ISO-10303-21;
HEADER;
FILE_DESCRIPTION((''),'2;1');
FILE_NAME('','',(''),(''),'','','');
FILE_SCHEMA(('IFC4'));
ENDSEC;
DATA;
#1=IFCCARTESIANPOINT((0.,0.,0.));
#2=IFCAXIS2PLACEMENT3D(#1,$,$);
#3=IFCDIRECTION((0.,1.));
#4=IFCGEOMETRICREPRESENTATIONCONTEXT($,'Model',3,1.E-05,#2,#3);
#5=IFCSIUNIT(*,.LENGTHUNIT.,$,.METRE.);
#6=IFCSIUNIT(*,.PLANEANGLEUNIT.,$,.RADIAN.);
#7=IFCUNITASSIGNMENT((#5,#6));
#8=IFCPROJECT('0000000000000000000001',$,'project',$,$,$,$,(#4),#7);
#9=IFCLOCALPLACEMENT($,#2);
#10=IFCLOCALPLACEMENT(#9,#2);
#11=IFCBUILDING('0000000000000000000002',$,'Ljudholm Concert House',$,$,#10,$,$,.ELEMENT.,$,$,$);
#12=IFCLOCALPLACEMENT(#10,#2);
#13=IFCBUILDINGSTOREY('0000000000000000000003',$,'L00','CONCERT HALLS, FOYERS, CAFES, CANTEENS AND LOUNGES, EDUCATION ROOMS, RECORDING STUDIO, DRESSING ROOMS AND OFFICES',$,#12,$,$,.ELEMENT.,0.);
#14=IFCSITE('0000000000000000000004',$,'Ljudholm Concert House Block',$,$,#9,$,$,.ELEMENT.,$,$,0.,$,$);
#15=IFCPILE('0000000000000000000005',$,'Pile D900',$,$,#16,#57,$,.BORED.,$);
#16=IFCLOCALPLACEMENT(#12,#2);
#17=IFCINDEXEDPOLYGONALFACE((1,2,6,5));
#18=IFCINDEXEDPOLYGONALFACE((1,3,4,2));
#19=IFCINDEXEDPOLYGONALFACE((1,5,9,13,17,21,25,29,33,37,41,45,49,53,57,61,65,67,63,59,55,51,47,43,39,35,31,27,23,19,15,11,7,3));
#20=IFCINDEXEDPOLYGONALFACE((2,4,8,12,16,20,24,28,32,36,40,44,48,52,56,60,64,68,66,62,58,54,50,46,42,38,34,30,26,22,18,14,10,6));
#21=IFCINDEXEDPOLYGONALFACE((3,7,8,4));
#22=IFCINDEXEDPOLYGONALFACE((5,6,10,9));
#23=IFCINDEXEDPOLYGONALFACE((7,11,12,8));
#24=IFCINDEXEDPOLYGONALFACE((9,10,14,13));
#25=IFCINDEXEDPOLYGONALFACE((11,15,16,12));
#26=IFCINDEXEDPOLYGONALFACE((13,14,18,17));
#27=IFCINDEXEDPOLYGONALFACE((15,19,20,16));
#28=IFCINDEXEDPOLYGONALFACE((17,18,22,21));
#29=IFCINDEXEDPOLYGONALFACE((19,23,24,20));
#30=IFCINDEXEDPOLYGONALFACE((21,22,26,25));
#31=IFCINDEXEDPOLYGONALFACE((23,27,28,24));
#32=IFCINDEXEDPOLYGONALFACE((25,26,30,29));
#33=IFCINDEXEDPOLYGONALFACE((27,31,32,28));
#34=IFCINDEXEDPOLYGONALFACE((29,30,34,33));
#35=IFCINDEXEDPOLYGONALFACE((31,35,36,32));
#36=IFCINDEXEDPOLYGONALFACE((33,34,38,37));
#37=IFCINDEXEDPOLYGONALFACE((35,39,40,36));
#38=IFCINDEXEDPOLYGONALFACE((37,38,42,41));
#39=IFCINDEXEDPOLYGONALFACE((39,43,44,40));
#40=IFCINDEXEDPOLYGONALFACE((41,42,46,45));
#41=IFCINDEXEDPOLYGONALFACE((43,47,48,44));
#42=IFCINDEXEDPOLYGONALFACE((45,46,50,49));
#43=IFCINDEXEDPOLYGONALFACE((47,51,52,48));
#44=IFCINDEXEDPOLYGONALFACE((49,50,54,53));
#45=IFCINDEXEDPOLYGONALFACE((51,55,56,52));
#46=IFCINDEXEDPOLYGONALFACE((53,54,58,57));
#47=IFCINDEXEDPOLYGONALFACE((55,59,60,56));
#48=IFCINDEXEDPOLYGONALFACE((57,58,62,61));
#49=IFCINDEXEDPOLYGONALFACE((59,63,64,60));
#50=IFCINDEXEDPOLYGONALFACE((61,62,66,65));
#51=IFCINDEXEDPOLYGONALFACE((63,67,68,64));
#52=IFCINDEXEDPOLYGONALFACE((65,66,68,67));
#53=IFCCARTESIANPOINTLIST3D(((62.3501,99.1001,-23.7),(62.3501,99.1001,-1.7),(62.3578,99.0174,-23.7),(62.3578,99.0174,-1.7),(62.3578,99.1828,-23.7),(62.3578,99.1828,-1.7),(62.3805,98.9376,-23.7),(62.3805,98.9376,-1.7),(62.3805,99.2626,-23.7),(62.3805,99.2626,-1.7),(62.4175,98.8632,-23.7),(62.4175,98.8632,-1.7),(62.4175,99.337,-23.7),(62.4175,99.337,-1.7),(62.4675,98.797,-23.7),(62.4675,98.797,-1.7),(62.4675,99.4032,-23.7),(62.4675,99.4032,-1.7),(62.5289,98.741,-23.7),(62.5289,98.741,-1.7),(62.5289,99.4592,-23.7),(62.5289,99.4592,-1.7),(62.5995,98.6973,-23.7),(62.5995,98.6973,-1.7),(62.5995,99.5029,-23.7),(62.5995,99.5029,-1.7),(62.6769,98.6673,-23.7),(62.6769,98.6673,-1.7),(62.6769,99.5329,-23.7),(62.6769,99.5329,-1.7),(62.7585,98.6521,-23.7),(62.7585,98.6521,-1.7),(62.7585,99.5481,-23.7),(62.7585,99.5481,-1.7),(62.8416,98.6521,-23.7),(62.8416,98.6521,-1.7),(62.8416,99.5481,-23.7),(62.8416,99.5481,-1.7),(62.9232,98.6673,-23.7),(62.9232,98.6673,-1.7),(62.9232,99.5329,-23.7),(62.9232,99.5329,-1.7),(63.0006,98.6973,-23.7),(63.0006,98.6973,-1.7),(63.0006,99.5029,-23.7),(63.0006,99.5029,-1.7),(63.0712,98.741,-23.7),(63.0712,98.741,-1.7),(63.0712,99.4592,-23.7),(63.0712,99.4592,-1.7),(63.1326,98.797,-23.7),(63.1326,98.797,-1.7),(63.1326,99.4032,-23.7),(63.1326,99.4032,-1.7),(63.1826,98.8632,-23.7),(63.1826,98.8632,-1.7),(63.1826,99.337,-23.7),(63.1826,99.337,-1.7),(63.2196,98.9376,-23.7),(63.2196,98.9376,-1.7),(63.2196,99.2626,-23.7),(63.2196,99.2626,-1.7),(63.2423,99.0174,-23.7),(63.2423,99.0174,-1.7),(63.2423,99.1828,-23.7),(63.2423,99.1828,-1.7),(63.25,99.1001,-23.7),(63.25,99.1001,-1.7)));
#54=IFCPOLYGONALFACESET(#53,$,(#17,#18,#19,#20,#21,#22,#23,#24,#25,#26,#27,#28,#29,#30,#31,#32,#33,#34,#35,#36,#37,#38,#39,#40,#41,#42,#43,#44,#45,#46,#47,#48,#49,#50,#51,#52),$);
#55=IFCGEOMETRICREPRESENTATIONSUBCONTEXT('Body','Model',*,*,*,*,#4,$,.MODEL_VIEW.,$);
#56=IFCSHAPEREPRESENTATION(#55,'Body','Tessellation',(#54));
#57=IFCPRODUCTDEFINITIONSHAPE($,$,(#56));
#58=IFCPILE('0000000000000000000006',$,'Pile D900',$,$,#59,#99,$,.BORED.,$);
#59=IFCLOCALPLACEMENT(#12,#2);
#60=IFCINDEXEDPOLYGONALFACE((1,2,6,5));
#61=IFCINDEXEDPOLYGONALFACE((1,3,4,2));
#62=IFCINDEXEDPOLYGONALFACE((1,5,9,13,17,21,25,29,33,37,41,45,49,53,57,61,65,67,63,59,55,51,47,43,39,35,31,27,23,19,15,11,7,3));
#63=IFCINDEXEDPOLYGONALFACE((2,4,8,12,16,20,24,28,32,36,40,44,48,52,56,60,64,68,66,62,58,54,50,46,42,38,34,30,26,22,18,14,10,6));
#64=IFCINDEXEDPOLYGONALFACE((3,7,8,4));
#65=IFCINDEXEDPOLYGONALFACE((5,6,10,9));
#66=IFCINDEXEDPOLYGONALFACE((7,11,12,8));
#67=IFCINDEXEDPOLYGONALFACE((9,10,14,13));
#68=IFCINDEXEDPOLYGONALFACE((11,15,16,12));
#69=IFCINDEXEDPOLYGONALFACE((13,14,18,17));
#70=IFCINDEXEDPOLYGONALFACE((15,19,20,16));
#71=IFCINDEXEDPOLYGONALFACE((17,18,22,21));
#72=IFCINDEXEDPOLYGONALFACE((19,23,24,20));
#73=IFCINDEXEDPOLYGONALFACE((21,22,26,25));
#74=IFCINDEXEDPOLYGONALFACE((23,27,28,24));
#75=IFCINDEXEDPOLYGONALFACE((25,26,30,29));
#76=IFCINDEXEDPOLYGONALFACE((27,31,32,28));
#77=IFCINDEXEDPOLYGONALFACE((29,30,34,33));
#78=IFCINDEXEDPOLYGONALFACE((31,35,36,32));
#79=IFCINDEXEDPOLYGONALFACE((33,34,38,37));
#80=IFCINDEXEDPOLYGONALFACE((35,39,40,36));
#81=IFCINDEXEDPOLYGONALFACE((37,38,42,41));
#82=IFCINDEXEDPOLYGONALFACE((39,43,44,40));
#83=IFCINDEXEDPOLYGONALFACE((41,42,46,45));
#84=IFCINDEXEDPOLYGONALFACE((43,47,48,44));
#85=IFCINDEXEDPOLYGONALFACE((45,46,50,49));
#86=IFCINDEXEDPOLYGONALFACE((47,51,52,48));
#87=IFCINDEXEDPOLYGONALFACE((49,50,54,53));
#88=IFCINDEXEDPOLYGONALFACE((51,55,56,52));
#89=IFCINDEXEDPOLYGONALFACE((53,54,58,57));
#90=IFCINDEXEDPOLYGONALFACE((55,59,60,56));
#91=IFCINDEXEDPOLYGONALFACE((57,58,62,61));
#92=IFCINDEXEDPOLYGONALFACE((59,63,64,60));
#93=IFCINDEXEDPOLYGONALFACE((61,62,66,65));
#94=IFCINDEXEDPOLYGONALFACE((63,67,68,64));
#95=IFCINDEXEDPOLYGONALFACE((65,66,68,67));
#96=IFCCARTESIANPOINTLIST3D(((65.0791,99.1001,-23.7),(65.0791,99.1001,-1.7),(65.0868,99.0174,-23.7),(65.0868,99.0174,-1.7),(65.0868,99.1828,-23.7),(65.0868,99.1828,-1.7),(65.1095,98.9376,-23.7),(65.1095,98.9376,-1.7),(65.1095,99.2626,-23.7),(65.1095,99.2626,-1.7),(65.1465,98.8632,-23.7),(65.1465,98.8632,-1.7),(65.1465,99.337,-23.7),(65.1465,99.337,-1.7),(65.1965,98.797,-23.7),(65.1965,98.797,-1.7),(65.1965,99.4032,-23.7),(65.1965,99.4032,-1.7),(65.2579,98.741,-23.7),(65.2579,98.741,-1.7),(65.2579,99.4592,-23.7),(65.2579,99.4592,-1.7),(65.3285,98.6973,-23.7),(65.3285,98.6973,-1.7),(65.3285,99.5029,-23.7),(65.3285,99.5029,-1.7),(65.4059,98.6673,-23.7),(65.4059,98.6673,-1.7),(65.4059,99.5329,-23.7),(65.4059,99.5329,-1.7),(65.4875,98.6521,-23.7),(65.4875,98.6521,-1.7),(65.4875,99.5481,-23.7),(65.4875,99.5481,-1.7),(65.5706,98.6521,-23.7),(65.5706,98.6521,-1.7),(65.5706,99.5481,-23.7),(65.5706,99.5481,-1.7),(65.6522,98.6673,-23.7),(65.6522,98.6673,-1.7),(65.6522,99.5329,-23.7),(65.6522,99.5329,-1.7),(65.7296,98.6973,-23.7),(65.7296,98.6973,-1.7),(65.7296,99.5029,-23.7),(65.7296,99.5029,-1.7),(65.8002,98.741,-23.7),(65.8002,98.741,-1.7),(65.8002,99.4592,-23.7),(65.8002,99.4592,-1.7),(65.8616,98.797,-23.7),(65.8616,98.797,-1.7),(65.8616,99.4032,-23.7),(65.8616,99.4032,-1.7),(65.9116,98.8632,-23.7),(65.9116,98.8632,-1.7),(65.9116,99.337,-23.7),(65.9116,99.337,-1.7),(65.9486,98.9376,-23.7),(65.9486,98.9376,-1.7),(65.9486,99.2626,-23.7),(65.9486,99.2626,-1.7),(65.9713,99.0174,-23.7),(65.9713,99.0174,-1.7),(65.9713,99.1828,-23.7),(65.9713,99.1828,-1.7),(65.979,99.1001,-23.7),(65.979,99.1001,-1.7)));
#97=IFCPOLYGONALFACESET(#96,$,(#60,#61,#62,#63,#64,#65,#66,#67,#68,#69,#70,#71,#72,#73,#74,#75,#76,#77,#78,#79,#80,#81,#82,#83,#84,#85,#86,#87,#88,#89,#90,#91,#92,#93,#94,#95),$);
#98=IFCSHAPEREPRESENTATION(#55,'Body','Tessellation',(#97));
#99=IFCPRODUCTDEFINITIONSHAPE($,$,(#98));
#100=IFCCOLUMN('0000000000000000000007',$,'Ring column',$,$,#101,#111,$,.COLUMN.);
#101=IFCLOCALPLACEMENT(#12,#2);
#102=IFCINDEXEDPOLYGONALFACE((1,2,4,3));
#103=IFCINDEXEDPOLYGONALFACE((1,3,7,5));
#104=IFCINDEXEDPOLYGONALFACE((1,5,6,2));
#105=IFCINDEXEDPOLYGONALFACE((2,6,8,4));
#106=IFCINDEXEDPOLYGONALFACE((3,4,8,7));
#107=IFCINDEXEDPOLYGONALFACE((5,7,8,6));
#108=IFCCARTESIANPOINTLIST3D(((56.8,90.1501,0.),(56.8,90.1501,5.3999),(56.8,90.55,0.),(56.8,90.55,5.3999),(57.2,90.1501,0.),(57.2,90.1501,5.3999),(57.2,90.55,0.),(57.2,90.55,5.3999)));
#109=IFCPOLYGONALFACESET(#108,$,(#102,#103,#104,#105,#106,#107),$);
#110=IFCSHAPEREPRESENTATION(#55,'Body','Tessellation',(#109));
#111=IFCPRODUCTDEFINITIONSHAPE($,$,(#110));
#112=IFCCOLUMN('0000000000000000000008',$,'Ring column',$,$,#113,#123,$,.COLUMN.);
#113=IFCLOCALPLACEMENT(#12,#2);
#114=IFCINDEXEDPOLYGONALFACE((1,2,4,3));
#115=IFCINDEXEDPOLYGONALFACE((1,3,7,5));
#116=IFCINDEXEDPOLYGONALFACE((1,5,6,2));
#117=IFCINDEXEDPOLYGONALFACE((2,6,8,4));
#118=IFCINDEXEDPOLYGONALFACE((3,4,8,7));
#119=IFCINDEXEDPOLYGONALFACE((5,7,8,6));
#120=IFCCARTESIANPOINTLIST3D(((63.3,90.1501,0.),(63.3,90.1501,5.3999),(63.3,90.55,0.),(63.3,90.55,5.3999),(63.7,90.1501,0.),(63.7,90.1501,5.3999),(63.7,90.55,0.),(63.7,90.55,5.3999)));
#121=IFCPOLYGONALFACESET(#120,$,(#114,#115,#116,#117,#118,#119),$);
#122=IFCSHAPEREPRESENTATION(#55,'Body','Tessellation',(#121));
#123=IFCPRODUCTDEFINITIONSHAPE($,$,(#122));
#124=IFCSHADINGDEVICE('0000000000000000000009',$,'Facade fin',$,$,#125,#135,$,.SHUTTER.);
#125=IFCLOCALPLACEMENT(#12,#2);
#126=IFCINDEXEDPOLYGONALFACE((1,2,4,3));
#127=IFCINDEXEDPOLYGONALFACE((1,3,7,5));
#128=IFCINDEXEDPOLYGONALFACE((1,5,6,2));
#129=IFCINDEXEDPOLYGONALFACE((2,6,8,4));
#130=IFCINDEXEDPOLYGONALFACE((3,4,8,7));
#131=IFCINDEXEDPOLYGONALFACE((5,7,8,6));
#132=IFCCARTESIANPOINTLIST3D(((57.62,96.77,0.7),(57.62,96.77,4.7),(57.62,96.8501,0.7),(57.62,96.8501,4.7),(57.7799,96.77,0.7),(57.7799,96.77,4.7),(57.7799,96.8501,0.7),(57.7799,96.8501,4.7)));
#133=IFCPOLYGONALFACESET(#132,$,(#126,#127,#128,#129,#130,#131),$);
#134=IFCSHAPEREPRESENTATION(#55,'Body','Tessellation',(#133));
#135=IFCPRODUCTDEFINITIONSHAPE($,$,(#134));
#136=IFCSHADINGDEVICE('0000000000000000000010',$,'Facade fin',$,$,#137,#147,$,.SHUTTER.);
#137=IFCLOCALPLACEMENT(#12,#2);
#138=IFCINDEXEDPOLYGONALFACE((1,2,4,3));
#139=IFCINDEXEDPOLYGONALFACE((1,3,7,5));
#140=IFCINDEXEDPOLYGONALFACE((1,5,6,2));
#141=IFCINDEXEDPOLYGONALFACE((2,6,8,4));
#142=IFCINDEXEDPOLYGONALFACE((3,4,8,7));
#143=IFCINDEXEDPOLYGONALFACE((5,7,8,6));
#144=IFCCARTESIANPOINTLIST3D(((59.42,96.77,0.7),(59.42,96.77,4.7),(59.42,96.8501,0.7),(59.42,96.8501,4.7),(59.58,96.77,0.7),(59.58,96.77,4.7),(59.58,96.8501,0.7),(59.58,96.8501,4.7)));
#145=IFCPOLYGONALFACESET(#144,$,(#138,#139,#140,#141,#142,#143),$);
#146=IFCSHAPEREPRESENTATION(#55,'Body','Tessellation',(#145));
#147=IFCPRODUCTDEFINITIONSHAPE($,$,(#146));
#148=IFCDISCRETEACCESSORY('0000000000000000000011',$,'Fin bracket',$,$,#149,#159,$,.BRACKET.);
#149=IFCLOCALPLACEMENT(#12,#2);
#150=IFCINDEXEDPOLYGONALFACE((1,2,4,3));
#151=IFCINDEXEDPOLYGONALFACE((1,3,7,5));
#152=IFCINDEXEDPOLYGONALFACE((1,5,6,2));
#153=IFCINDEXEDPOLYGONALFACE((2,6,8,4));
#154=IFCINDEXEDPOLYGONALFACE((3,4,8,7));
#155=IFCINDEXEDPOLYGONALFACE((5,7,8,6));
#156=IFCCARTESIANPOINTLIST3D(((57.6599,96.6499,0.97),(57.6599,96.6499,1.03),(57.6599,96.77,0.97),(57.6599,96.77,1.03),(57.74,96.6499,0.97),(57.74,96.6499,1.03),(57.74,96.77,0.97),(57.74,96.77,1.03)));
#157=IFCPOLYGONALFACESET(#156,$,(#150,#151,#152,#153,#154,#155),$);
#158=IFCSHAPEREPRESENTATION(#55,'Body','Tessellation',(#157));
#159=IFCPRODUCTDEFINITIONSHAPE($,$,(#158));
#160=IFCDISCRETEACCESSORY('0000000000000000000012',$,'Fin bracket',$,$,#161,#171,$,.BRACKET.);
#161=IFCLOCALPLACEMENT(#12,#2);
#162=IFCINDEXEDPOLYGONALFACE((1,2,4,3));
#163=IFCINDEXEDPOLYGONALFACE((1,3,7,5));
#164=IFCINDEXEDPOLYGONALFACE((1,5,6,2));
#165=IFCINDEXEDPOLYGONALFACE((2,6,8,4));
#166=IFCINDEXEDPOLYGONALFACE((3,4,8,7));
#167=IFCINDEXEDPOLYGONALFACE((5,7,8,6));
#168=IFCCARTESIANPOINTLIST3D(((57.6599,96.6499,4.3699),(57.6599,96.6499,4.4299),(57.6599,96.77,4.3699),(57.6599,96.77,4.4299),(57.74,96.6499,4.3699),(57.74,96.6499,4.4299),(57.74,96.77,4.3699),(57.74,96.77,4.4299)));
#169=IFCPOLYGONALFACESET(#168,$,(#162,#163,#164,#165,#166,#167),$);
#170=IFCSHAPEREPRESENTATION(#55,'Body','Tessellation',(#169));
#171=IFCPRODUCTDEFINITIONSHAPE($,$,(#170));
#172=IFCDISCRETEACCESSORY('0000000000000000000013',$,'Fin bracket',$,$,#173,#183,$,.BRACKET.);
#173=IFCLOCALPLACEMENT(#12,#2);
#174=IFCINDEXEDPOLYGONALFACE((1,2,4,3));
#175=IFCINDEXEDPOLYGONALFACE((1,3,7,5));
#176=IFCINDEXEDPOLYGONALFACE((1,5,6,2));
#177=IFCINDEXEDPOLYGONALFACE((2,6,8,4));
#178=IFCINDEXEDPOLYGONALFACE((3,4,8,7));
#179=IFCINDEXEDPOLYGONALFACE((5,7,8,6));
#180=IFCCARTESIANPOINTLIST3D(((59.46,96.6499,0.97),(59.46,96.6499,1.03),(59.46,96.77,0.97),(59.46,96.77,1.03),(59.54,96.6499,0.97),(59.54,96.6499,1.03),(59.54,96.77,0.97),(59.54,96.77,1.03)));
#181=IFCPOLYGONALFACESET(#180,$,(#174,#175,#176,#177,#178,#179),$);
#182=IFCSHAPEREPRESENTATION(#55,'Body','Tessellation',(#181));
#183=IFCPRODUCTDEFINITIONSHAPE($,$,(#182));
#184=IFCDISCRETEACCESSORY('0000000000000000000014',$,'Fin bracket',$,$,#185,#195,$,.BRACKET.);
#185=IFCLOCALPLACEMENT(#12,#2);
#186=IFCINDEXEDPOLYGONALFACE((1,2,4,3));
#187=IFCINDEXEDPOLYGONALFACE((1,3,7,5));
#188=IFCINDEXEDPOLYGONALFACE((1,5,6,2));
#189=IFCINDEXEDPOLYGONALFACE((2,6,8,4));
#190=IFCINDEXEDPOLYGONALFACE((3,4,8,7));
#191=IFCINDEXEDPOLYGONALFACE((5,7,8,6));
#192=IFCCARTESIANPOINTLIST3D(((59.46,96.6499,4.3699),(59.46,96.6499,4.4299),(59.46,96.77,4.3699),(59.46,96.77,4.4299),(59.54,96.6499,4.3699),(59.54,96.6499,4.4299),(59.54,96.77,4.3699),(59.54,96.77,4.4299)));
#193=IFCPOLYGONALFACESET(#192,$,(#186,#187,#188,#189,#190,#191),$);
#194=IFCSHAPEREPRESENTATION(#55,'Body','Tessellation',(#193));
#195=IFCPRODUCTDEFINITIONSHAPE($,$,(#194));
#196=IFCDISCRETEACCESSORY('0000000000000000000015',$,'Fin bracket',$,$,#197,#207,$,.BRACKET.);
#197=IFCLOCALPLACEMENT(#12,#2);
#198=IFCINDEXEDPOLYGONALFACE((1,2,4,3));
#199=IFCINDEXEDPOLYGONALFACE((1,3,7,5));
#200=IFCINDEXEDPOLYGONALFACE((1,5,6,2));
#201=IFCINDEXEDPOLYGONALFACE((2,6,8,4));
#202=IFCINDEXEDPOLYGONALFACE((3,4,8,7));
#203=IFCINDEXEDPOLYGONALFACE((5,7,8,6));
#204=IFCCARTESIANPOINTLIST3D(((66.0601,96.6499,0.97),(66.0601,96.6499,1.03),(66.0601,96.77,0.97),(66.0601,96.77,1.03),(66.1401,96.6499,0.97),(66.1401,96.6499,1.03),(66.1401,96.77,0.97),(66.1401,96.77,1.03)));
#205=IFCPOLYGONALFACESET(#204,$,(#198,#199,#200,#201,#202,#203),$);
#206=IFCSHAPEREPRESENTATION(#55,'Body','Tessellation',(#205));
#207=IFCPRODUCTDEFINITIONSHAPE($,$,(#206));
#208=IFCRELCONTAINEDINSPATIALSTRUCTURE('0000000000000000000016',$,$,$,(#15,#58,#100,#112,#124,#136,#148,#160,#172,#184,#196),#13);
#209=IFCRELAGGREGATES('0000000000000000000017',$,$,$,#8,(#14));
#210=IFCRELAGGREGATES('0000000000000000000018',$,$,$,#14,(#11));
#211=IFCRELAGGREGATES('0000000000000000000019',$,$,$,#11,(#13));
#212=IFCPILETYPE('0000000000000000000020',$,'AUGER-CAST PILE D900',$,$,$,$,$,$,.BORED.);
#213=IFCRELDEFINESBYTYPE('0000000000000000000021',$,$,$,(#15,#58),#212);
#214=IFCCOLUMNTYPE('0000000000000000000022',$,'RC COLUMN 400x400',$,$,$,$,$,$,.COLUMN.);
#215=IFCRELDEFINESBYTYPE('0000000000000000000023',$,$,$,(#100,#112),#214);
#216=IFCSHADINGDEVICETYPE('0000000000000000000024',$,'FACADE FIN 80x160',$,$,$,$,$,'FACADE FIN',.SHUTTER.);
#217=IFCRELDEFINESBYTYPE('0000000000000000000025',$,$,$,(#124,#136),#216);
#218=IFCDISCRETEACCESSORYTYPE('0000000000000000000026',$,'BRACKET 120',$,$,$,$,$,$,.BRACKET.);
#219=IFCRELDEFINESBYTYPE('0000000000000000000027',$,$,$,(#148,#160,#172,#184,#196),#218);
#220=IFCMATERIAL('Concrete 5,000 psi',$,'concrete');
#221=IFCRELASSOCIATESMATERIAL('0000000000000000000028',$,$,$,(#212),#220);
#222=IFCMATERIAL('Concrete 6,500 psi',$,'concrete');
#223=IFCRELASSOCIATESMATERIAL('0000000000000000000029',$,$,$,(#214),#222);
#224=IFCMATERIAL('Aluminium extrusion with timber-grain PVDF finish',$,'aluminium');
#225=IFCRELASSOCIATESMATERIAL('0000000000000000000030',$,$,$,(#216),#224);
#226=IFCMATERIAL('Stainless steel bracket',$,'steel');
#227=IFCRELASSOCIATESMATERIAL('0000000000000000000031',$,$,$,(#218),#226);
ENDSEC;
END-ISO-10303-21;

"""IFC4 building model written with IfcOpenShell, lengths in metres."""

from ifc_helpers import new_model, si_unit, direction, frame, origin, origin_2d, place, context, subcontext, project, spatial, rectangle, circle, extrude, material, material_profile, profile_set, type_object, element, save


model = new_model("IFC4")

# Units and contexts
model_context = context("Model", 3, precision=1e-05, world=origin(), true_north=direction((0.0, 1.0)))
body_context = subcontext(model_context, "Body", "Model", "MODEL_VIEW")
ifc_project = project(units=[si_unit("LENGTHUNIT", "METRE"), si_unit("PLANEANGLEUNIT", "RADIAN")], contexts=[model_context])

# Site, building, storey
site_placement = place(None, origin())
site = spatial("IfcSite", under=ifc_project, at=site_placement, Name="Ljudholm Concert House Block", CompositionType="ELEMENT", RefElevation=0.0)
building_placement = place(site_placement, origin())
building = spatial("IfcBuilding", under=site, at=building_placement, Name="Ljudholm Concert House", CompositionType="ELEMENT")
storey_placement = place(building_placement, origin())
storey = spatial("IfcBuildingStorey", under=building, at=storey_placement, Name="L00", Description="CONCERT HALLS, FOYERS, CAFES, CANTEENS AND LOUNGES, EDUCATION ROOMS, RECORDING STUDIO, DRESSING ROOMS AND OFFICES", CompositionType="ELEMENT", Elevation=0.0)

# Piles
ifc_material_1 = material(Name="Concrete 5,000 psi", Category="concrete")
ifc_material_profile_1 = material_profile(ifc_material_1, circle(Radius=0.45, at=origin_2d()), Name="AUGER-CAST PILE D900")
ifc_profile_set_1 = profile_set([ifc_material_profile_1], Name="Concrete 5,000 psi")
pile_type_1 = type_object("IfcPileType", Name="AUGER-CAST PILE D900", PredefinedType="BORED", material=ifc_profile_set_1)
for number, where, z_axis, x_axis, name in (
    (1, (62.8, 99.1001, -1.7), (0.0, 0.0, -1.0), (1.0, 0.0, 0.0), "Pile D900"),
    (2, (65.5291, 99.1001, -1.7), (0.0, 0.0, -1.0), (1.0, 0.0, 0.0), "Pile D900"),
):
    element("IfcPile", number, at=place(storey_placement, frame(where, z_axis=z_axis, x_axis=x_axis)), inside=storey, type_object=pile_type_1, Name=name, PredefinedType="BORED", context=body_context, shape_type="SweptSolid", body=[
        extrude(circle(Radius=0.45, at=origin_2d()), origin(), (0.0, 0.0, 1.0), 22.0),
    ])

# Columns
ifc_material_2 = material(Name="Concrete 6,500 psi", Category="concrete")
ifc_material_profile_2 = material_profile(ifc_material_2, rectangle(XDim=0.3999, YDim=0.3999, at=origin_2d()), Name="RC COLUMN 400x400")
ifc_profile_set_2 = profile_set([ifc_material_profile_2], Name="Concrete 6,500 psi")
column_type = type_object("IfcColumnType", Name="RC COLUMN 400x400", PredefinedType="COLUMN", material=ifc_profile_set_2)
for number, where, z_axis, x_axis, name in (
    (3, (57.0, 90.3501, 0.0), (0.0, 0.0, 1.0), (1.0, 0.0, 0.0), "Ring column"),
    (4, (63.5, 90.3501, 0.0), (0.0, 0.0, 1.0), (1.0, 0.0, 0.0), "Ring column"),
):
    element("IfcColumn", number, at=place(storey_placement, frame(where, z_axis=z_axis, x_axis=x_axis)), inside=storey, type_object=column_type, Name=name, PredefinedType="COLUMN", context=body_context, shape_type="SweptSolid", body=[
        extrude(rectangle(XDim=0.3999, YDim=0.3999, at=origin_2d()), origin(), (0.0, 0.0, 1.0), 5.3999),
    ])

# Shading devices
ifc_material_3 = material(Name="Aluminium extrusion with timber-grain PVDF finish", Category="aluminium")
shading_device_type = type_object("IfcShadingDeviceType", Name="FACADE FIN 80x160", ElementType="FACADE FIN", PredefinedType="SHUTTER", material=ifc_material_3)
for number, where, z_axis, x_axis, name in (
    (5, (57.7, 96.8101, 0.7), (0.0, 0.0, 1.0), (0.0, 1.0, 0.0), "Facade fin"),
    (6, (59.5, 96.8101, 0.7), (0.0, 0.0, 1.0), (0.0, 1.0, 0.0), "Facade fin"),
):
    element("IfcShadingDevice", number, at=place(storey_placement, frame(where, z_axis=z_axis, x_axis=x_axis)), inside=storey, type_object=shading_device_type, Name=name, PredefinedType="SHUTTER", context=body_context, shape_type="SweptSolid", body=[
        extrude(rectangle(XDim=0.0801, YDim=0.1599, at=origin_2d()), origin(), (0.0, 0.0, 1.0), 4.0),
    ])

# Discrete accessories
ifc_material_4 = material(Name="Stainless steel bracket", Category="steel")
discrete_accessory_type = type_object("IfcDiscreteAccessoryType", Name="BRACKET 120", PredefinedType="BRACKET", material=ifc_material_4)
for number, where, z_axis, x_axis, name in (
    (7, (57.7, 96.71, 0.97), (0.0, 0.0, 1.0), (0.0, 1.0, 0.0), "Fin bracket"),
    (8, (57.7, 96.71, 4.3699), (0.0, 0.0, 1.0), (0.0, 1.0, 0.0), "Fin bracket"),
    (9, (59.5, 96.71, 0.97), (0.0, 0.0, 1.0), (0.0, 1.0, 0.0), "Fin bracket"),
    (10, (59.5, 96.71, 4.3699), (0.0, 0.0, 1.0), (0.0, 1.0, 0.0), "Fin bracket"),
    (11, (66.1001, 96.71, 0.97), (0.0, 0.0, 1.0), (0.0, 1.0, 0.0), "Fin bracket"),
):
    element("IfcDiscreteAccessory", number, at=place(storey_placement, frame(where, z_axis=z_axis, x_axis=x_axis)), inside=storey, type_object=discrete_accessory_type, Name=name, PredefinedType="BRACKET", context=body_context, shape_type="SweptSolid", body=[
        extrude(rectangle(XDim=0.1201, YDim=0.0801, at=origin_2d()), origin(), (0.0, 0.0, 1.0), 0.0601),
    ])

save(model, "model.ifc")
